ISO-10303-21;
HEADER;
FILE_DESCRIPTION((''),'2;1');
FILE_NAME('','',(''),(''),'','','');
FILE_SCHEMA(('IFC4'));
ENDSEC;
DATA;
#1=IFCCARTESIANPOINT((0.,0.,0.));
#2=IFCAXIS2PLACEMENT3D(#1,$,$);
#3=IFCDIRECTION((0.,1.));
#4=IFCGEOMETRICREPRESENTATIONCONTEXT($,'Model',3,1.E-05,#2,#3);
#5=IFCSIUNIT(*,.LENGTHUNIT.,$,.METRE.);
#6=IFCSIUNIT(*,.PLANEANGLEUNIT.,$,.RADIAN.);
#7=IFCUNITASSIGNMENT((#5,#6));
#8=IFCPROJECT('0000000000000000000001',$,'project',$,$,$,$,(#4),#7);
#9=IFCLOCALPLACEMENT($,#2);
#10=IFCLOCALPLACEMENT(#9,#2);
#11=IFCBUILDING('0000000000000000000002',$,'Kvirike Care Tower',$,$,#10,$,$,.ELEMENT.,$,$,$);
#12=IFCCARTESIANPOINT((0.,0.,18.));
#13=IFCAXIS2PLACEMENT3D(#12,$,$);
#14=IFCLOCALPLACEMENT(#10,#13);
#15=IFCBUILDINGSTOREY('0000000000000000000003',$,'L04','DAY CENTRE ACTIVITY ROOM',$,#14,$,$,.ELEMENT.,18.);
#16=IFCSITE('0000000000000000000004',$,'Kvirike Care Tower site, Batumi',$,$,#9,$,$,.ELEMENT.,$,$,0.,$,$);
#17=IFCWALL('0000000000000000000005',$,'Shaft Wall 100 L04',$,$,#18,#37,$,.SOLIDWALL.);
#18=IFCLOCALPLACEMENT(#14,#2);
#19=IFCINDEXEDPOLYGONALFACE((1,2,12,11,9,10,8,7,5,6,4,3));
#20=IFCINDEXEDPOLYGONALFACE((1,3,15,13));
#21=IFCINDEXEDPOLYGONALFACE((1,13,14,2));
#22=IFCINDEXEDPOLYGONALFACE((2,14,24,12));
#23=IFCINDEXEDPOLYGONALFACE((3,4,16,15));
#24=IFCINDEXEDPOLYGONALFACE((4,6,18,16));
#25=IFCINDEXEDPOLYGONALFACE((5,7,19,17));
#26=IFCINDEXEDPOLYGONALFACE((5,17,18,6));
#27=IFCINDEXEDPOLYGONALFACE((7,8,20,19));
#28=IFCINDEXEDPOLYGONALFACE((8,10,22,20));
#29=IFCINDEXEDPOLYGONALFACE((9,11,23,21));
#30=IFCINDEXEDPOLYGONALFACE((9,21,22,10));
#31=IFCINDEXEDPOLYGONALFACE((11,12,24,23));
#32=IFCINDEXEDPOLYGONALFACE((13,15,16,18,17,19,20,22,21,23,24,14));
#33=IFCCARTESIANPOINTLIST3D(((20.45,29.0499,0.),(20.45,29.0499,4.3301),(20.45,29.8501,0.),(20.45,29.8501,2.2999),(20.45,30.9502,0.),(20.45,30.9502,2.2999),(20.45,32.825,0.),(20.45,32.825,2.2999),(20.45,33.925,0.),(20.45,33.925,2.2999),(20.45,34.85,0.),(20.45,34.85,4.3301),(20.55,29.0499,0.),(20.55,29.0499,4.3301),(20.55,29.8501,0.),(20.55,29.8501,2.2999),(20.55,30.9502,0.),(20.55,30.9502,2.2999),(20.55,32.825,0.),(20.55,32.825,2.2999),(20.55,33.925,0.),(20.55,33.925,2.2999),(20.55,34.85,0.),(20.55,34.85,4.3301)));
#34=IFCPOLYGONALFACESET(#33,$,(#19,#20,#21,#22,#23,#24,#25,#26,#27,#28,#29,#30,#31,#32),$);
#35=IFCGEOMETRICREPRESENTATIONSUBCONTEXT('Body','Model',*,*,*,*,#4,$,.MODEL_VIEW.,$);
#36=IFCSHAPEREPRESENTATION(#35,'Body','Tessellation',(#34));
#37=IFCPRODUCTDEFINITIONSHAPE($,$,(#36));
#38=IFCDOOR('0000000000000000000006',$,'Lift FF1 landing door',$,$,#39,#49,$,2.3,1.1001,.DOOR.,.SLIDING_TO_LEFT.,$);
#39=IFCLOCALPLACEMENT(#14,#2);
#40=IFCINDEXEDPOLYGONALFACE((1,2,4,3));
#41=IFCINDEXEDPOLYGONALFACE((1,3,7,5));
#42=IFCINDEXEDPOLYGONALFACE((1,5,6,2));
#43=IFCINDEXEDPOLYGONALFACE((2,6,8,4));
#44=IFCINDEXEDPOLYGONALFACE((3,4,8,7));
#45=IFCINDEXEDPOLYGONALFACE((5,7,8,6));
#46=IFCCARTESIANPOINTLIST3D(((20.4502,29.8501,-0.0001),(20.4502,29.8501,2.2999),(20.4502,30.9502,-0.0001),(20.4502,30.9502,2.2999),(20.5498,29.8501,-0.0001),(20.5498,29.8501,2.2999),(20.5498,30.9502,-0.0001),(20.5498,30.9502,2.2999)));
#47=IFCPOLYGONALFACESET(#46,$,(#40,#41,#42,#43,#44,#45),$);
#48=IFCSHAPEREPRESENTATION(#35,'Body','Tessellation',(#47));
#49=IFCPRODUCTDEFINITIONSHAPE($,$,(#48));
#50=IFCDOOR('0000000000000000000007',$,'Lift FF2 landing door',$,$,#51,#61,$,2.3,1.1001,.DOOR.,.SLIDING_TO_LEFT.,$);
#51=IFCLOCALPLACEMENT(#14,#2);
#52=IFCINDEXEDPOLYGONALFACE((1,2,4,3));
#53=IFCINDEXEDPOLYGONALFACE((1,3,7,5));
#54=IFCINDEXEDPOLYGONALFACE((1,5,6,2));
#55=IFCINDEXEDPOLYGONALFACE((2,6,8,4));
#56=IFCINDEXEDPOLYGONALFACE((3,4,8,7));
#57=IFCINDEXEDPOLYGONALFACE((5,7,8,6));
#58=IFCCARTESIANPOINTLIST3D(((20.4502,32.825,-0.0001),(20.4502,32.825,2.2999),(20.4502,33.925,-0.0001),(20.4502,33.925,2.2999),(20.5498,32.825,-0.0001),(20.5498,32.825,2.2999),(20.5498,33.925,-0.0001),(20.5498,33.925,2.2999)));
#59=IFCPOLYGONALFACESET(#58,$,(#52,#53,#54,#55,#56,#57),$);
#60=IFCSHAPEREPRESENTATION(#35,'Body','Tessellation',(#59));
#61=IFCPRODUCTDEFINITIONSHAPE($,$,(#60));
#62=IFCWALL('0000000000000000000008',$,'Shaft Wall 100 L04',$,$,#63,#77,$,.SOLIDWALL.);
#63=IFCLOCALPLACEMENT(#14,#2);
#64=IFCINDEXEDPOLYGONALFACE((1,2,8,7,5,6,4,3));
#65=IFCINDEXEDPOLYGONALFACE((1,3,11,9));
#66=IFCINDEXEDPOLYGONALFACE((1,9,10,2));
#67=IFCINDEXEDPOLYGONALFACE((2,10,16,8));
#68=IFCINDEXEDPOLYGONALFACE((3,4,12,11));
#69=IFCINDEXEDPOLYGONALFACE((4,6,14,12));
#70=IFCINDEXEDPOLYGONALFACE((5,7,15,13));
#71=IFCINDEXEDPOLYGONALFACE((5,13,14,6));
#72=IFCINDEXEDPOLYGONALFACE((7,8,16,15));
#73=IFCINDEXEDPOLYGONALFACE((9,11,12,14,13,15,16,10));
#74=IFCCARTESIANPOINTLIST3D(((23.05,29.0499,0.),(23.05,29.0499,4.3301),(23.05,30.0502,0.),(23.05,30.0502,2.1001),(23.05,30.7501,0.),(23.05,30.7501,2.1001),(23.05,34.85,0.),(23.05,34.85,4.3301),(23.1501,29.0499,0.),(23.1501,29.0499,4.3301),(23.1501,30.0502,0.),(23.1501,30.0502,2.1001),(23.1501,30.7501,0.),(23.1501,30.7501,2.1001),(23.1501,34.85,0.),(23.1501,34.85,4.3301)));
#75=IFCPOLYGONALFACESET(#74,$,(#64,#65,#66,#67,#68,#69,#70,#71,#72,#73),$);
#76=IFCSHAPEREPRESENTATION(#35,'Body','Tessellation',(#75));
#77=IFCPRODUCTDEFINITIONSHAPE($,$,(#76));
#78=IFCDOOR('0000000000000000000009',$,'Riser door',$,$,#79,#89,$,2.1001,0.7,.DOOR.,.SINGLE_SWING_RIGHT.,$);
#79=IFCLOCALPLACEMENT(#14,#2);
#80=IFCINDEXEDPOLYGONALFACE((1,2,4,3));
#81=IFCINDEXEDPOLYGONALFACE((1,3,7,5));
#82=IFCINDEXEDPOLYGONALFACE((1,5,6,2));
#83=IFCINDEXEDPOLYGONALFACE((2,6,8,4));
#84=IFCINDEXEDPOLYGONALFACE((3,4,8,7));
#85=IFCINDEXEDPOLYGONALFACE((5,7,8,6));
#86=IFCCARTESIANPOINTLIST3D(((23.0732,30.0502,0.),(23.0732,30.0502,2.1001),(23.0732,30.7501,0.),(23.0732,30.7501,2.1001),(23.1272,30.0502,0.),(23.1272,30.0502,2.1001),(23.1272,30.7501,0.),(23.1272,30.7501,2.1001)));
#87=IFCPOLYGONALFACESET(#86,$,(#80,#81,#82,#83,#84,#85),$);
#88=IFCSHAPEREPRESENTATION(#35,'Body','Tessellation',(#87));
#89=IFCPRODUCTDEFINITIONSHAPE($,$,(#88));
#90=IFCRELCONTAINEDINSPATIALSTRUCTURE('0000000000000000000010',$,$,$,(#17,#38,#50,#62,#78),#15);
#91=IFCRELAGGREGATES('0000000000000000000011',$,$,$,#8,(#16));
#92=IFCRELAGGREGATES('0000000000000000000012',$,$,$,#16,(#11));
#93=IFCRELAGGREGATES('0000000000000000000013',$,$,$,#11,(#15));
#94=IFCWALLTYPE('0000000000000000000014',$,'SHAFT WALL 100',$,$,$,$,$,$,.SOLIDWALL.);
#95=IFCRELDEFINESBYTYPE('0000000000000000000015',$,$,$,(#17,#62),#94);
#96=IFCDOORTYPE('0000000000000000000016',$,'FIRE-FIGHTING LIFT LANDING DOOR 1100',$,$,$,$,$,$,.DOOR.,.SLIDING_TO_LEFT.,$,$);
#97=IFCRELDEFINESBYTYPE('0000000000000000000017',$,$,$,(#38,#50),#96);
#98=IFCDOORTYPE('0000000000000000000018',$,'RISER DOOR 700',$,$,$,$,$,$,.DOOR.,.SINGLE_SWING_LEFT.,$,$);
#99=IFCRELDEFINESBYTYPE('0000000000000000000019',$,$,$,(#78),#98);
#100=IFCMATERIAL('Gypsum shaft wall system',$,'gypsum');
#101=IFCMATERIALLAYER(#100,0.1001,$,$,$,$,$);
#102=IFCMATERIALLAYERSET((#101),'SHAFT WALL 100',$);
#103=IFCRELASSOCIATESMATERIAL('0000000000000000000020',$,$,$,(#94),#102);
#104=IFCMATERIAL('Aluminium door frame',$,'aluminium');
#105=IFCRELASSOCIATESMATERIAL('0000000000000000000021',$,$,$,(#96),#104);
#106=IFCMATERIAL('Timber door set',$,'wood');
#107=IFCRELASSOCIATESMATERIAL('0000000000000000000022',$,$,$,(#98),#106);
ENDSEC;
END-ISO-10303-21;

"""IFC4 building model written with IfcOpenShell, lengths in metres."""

from ifc_helpers import new_model, si_unit, direction, frame, frame_2d, origin, place, context, subcontext, project, spatial, rectangle, extrude, material, layer, layer_set, type_object, element, fill, save


model = new_model("IFC4")

# Units and contexts
model_context = context("Model", 3, precision=1e-05, world=origin(), true_north=direction((0.0, 1.0)))
body_context = subcontext(model_context, "Body", "Model", "MODEL_VIEW")
ifc_project = project(units=[si_unit("LENGTHUNIT", "METRE"), si_unit("PLANEANGLEUNIT", "RADIAN")], contexts=[model_context])

# Site, building, storey
site_placement = place(None, origin())
site = spatial("IfcSite", under=ifc_project, at=site_placement, Name="Kvirike Care Tower site, Batumi", CompositionType="ELEMENT", RefElevation=0.0)
building_placement = place(site_placement, origin())
building = spatial("IfcBuilding", under=site, at=building_placement, Name="Kvirike Care Tower", CompositionType="ELEMENT")
storey_placement = place(building_placement, frame((0.0, 0.0, 18.0)))
storey = spatial("IfcBuildingStorey", under=building, at=storey_placement, Name="L04", Description="DAY CENTRE ACTIVITY ROOM", CompositionType="ELEMENT", Elevation=18.0)

# Wall, openings, doors
ifc_material_1 = material(Name="Gypsum shaft wall system", Category="gypsum")
ifc_layer = layer(ifc_material_1, 0.1001)
ifc_layer_set = layer_set([ifc_layer], Name="SHAFT WALL 100")
wall_type = type_object("IfcWallType", Name="SHAFT WALL 100", PredefinedType="SOLIDWALL", material=ifc_layer_set)
wall_1_placement = place(storey_placement, frame((20.5, 29.05, 0.0), z_axis=(0.0, 0.0, 1.0), x_axis=(0.0, 1.0, 0.0)))
wall_1 = element("IfcWall", 1, at=wall_1_placement, inside=storey, type_object=wall_type, Name="Shaft Wall 100 L04", PredefinedType="SOLIDWALL", context=body_context, shape_type="SweptSolid", body=[
    extrude(rectangle(XDim=5.8, YDim=0.1001, at=frame_2d((2.8999, 0.0))), origin(), (0.0, 0.0, 1.0), 4.3301),
])
opening_1_placement = place(wall_1_placement, frame((0.8, 0.0, 0.0)))
opening_1 = element("IfcOpeningElement", 2, at=opening_1_placement, cuts=wall_1, PredefinedType="OPENING", context=body_context, shape_type="SweptSolid", body=[
    extrude(rectangle(XDim=1.1001, YDim=2.3, at=frame_2d((0.55, 1.1499))), frame((0.0, 0.0605, 0.0), z_axis=(0.0, -1.0, 0.0), x_axis=(1.0, 0.0, 0.0)), (0.0, 0.0, 1.0), 0.1211),
])
opening_2_placement = place(wall_1_placement, frame((3.7749, 0.0, 0.0)))
opening_2 = element("IfcOpeningElement", 3, at=opening_2_placement, cuts=wall_1, PredefinedType="OPENING", context=body_context, shape_type="SweptSolid", body=[
    extrude(rectangle(XDim=1.1001, YDim=2.3, at=frame_2d((0.55, 1.1499))), frame((0.0, 0.0605, 0.0), z_axis=(0.0, -1.0, 0.0), x_axis=(1.0, 0.0, 0.0)), (0.0, 0.0, 1.0), 0.1211),
])
ifc_material_2 = material(Name="Aluminium door frame", Category="aluminium")
door_type_1 = type_object("IfcDoorType", Name="FIRE-FIGHTING LIFT LANDING DOOR 1100", OperationType="SLIDING_TO_LEFT", PredefinedType="DOOR", material=ifc_material_2)
door_1_placement = place(opening_1_placement, origin())
door_1 = element("IfcDoor", 4, at=door_1_placement, inside=storey, type_object=door_type_1, Name="Lift FF1 landing door", OperationType="SLIDING_TO_LEFT", OverallHeight=2.3, OverallWidth=1.1001, PredefinedType="DOOR", context=body_context, shape_type="SweptSolid", body=[
    extrude(rectangle(XDim=1.1001, YDim=2.3, at=frame_2d((0.55, 1.1499))), frame((0.0, 0.0498, 0.0), z_axis=(0.0, -1.0, 0.0), x_axis=(1.0, 0.0, 0.0)), (0.0, 0.0, 1.0), 0.0996),
])
fill(opening_1, door_1)
door_2_placement = place(opening_2_placement, origin())
door_2 = element("IfcDoor", 5, at=door_2_placement, inside=storey, type_object=door_type_1, Name="Lift FF2 landing door", OperationType="SLIDING_TO_LEFT", OverallHeight=2.3, OverallWidth=1.1001, PredefinedType="DOOR", context=body_context, shape_type="SweptSolid", body=[
    extrude(rectangle(XDim=1.1001, YDim=2.3, at=frame_2d((0.55, 1.1499))), frame((0.0, 0.0498, 0.0), z_axis=(0.0, -1.0, 0.0), x_axis=(1.0, 0.0, 0.0)), (0.0, 0.0, 1.0), 0.0996),
])
fill(opening_2, door_2)

# Wall, opening, door
wall_2_placement = place(storey_placement, frame((23.1001, 29.05, 0.0), z_axis=(0.0, 0.0, 1.0), x_axis=(0.0, 1.0, 0.0)))
wall_2 = element("IfcWall", 6, at=wall_2_placement, inside=storey, type_object=wall_type, Name="Shaft Wall 100 L04", PredefinedType="SOLIDWALL", context=body_context, shape_type="SweptSolid", body=[
    extrude(rectangle(XDim=5.8, YDim=0.1001, at=frame_2d((2.8999, 0.0))), origin(), (0.0, 0.0, 1.0), 4.3301),
])
opening_3_placement = place(wall_2_placement, frame((1.0, 0.0, 0.0)))
opening_3 = element("IfcOpeningElement", 7, at=opening_3_placement, cuts=wall_2, PredefinedType="OPENING", context=body_context, shape_type="SweptSolid", body=[
    extrude(rectangle(XDim=0.7, YDim=2.1001, at=frame_2d((0.3501, 1.05))), frame((0.0, 0.0605, 0.0), z_axis=(0.0, -1.0, 0.0), x_axis=(1.0, 0.0, 0.0)), (0.0, 0.0, 1.0), 0.1211),
])
ifc_material_3 = material(Name="Timber door set", Category="wood")
door_type_2 = type_object("IfcDoorType", Name="RISER DOOR 700", OperationType="SINGLE_SWING_LEFT", PredefinedType="DOOR", material=ifc_material_3)
door_3_placement = place(opening_3_placement, origin())
door_3 = element("IfcDoor", 8, at=door_3_placement, inside=storey, type_object=door_type_2, Name="Riser door", OperationType="SINGLE_SWING_RIGHT", OverallHeight=2.1001, OverallWidth=0.7, PredefinedType="DOOR", context=body_context, shape_type="SweptSolid", body=[
    extrude(rectangle(XDim=0.7, YDim=2.1001, at=frame_2d((0.3501, 1.05))), frame((0.0, 0.0269, 0.0), z_axis=(0.0, -1.0, 0.0), x_axis=(1.0, 0.0, 0.0)), (0.0, 0.0, 1.0), 0.054),
])
fill(opening_3, door_3)

save(model, "model.ifc")
